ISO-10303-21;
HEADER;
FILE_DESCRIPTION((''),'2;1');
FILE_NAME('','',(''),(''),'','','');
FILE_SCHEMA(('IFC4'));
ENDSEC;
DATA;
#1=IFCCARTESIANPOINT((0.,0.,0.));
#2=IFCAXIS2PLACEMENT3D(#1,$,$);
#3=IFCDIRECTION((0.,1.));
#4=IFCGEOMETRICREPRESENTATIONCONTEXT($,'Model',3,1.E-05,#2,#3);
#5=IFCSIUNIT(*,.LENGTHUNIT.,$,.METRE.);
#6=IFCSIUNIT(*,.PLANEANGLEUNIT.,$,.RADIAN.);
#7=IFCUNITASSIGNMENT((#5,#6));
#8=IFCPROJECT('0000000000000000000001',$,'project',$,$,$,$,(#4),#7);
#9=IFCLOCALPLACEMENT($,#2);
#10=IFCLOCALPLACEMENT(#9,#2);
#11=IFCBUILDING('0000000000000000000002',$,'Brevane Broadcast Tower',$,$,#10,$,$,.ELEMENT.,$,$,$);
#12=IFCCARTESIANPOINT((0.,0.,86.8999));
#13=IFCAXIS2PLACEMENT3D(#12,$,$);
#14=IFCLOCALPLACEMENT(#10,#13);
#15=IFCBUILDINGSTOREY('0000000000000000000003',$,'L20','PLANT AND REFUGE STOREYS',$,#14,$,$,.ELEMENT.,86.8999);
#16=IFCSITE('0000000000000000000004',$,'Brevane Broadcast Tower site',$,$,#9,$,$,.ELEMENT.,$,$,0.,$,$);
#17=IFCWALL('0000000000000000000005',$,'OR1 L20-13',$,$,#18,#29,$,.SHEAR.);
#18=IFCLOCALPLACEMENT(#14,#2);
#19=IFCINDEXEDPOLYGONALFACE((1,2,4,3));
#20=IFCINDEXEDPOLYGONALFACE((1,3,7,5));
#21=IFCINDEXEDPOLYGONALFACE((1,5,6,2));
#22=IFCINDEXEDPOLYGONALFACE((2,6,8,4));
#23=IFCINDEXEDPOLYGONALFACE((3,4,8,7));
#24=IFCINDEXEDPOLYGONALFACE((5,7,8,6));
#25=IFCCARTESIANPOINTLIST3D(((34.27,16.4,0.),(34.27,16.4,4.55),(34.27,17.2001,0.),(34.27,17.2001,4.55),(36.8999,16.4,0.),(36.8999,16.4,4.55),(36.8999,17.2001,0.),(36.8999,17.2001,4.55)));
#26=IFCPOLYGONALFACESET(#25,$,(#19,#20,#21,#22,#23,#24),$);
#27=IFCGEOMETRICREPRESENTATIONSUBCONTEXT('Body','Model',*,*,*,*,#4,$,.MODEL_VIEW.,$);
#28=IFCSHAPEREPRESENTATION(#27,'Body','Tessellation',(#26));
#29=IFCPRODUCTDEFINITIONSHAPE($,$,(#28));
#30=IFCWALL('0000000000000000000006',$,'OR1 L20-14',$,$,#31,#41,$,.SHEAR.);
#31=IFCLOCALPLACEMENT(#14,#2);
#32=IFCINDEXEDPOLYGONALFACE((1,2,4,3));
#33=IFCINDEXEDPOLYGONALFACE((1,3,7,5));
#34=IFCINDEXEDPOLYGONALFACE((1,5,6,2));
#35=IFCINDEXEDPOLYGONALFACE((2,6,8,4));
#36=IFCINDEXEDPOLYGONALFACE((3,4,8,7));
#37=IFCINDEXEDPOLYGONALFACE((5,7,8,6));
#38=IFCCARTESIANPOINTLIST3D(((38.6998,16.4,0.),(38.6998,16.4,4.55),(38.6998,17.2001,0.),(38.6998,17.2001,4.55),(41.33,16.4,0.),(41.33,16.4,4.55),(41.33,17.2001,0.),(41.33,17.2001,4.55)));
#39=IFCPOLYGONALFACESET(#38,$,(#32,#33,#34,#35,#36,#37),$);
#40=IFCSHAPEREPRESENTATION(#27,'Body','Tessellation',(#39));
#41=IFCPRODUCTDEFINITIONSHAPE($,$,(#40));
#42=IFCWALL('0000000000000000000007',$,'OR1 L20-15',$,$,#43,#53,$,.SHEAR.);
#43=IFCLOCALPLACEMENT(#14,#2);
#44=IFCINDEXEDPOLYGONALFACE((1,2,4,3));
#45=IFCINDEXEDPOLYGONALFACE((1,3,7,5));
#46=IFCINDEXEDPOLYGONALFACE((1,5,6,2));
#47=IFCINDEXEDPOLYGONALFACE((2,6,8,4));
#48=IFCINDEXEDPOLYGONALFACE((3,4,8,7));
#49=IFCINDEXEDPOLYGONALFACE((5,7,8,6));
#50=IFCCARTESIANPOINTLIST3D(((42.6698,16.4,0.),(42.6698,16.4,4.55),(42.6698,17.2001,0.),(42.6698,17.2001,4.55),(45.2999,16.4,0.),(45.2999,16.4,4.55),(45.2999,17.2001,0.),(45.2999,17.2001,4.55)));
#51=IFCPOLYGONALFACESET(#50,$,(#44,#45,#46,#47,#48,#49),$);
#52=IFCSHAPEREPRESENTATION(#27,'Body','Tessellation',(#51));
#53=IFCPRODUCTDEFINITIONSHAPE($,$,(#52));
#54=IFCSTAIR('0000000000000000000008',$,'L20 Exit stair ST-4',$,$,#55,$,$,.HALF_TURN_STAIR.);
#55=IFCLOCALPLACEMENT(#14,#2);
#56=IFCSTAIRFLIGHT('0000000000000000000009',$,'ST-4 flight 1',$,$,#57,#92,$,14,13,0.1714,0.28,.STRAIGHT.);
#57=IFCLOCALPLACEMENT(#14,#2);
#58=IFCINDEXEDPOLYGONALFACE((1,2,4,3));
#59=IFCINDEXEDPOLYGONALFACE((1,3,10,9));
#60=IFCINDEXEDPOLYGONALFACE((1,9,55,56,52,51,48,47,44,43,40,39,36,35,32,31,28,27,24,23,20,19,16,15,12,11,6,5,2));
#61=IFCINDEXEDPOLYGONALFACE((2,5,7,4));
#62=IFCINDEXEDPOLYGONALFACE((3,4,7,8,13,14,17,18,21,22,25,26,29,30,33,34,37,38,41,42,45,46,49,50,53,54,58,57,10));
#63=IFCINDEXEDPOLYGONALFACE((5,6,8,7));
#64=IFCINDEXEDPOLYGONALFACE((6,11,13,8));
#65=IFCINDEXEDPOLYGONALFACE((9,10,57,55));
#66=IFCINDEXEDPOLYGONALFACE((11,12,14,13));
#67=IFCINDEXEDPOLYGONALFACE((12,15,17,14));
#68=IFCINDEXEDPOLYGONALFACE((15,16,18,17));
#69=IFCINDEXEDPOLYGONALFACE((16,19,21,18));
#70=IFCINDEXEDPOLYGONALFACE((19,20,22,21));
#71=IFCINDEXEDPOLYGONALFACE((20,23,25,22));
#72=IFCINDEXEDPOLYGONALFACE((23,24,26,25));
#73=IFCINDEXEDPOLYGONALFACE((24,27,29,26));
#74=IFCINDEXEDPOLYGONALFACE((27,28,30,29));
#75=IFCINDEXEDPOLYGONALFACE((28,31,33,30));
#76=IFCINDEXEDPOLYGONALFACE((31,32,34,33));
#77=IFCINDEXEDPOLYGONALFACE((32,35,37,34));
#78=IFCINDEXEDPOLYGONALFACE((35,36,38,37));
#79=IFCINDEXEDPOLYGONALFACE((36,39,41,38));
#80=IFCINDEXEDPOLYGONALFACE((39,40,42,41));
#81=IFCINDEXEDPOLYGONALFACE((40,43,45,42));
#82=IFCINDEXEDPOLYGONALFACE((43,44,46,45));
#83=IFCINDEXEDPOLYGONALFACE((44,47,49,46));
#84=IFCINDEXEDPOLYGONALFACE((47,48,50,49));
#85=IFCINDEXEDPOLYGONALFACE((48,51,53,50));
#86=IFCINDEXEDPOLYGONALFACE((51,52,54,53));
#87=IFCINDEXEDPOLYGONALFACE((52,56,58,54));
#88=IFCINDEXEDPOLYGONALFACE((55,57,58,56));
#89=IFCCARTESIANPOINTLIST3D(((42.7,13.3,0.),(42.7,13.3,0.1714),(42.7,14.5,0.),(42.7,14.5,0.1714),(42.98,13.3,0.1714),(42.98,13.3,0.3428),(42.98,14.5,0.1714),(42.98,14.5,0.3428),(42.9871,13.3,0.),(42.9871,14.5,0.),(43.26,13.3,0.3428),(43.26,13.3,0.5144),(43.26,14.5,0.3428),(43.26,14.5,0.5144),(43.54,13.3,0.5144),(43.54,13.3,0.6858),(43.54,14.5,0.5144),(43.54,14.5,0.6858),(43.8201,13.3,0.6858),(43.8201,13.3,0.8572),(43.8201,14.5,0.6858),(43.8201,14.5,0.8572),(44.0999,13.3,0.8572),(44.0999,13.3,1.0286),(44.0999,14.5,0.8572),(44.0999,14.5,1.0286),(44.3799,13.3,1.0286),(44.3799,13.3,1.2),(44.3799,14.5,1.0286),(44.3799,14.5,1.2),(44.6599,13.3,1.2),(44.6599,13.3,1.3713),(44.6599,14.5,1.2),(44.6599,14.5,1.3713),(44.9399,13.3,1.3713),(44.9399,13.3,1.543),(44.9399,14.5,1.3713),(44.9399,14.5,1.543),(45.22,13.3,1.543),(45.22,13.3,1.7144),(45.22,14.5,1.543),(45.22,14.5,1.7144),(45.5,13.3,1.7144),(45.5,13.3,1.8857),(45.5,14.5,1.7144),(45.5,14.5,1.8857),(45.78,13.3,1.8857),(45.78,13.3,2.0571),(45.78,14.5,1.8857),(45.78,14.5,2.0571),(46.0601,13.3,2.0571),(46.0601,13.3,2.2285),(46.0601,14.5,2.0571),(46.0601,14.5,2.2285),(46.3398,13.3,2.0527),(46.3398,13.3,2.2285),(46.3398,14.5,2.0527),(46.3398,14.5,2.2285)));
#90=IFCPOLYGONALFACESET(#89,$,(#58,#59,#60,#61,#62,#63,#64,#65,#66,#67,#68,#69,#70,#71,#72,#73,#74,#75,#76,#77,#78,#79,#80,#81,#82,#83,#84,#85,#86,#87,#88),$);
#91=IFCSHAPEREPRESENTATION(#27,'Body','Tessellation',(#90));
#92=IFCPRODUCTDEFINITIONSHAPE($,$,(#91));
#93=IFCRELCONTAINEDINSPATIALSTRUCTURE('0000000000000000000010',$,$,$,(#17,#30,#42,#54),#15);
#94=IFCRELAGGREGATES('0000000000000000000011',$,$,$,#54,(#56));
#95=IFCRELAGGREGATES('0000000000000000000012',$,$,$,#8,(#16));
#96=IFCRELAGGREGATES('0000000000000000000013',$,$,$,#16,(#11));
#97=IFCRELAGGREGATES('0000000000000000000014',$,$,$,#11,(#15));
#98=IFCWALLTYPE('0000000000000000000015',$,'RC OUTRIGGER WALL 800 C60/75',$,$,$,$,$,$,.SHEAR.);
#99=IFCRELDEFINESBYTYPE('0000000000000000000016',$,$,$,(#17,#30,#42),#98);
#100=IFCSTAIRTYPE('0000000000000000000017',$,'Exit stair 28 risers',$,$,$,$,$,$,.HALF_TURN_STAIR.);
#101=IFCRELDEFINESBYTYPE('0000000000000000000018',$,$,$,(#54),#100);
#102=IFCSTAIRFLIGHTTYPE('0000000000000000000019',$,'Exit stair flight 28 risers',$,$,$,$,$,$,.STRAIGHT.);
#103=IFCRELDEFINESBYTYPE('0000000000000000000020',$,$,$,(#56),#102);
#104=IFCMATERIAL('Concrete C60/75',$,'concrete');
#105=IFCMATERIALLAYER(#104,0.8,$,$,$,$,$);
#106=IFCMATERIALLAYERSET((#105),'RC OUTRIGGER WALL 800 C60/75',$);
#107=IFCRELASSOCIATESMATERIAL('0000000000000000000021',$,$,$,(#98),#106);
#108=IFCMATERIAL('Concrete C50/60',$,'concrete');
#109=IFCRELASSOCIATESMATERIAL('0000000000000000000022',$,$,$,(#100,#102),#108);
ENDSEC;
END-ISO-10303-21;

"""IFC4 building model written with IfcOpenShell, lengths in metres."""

from ifc_helpers import new_model, si_unit, direction, frame, frame_2d, origin, place, context, subcontext, project, spatial, polyline, rectangle, outline, extrude, material, layer, layer_set, type_object, element, aggregate, save


model = new_model("IFC4")

# Units and contexts
model_context = context("Model", 3, precision=1e-05, world=origin(), true_north=direction((0.0, 1.0)))
body_context = subcontext(model_context, "Body", "Model", "MODEL_VIEW")
ifc_project = project(units=[si_unit("LENGTHUNIT", "METRE"), si_unit("PLANEANGLEUNIT", "RADIAN")], contexts=[model_context])

# Site, building, storey
site_placement = place(None, origin())
site = spatial("IfcSite", under=ifc_project, at=site_placement, Name="Brevane Broadcast Tower site", CompositionType="ELEMENT", RefElevation=0.0)
building_placement = place(site_placement, origin())
building = spatial("IfcBuilding", under=site, at=building_placement, Name="Brevane Broadcast Tower", CompositionType="ELEMENT")
storey_placement = place(building_placement, frame((0.0, 0.0, 86.8999)))
storey = spatial("IfcBuildingStorey", under=building, at=storey_placement, Name="L20", Description="PLANT AND REFUGE STOREYS", CompositionType="ELEMENT", Elevation=86.8999)

# Walls
ifc_material_1 = material(Name="Concrete C60/75", Category="concrete")
ifc_layer_1 = layer(ifc_material_1, 0.8)
ifc_layer_set_1 = layer_set([ifc_layer_1], Name="RC OUTRIGGER WALL 800 C60/75")
wall_type_1 = type_object("IfcWallType", Name="RC OUTRIGGER WALL 800 C60/75", PredefinedType="SHEAR", material=ifc_layer_set_1)
wall_1_placement = place(storey_placement, frame((34.27, 16.8, 0.0), z_axis=(0.0, 0.0, 1.0), x_axis=(1.0, 0.0, 0.0)))
element("IfcWall", 1, at=wall_1_placement, inside=storey, type_object=wall_type_1, Name="OR1 L20-13", PredefinedType="SHEAR", context=body_context, shape_type="SweptSolid", body=[
    extrude(rectangle(XDim=2.6299, YDim=0.8, at=frame_2d((1.3149, 0.0))), origin(), (0.0, 0.0, 1.0), 4.55),
])
for number, where, z_axis, x_axis, name in (
    (2, (38.7, 16.8, 0.0), (0.0, 0.0, 1.0), (1.0, 0.0, 0.0), "OR1 L20-14"),
    (3, (42.6699, 16.8, 0.0), (0.0, 0.0, 1.0), (1.0, 0.0, 0.0), "OR1 L20-15"),
):
    element("IfcWall", number, at=place(storey_placement, frame(where, z_axis=z_axis, x_axis=x_axis)), inside=storey, type_object=wall_type_1, Name=name, PredefinedType="SHEAR", context=body_context, shape_type="SweptSolid", body=[
        extrude(rectangle(XDim=2.6301, YDim=0.8, at=frame_2d((1.3149, 0.0))), origin(), (0.0, 0.0, 1.0), 4.55),
    ])

# Stair, stair flight
ifc_material_2 = material(Name="Concrete C50/60", Category="concrete")
stair_type = type_object("IfcStairType", Name="Exit stair 28 risers", PredefinedType="HALF_TURN_STAIR", material=ifc_material_2)
stair_placement = place(storey_placement, origin())
stair = element("IfcStair", 4, at=stair_placement, inside=storey, type_object=stair_type, Name="L20 Exit stair ST-4", PredefinedType="HALF_TURN_STAIR")
stair_flight_type = type_object("IfcStairFlightType", Name="Exit stair flight 28 risers", PredefinedType="STRAIGHT", material=ifc_material_2)
stair_flight_placement = place(storey_placement, frame((42.7, 13.8999, 0.0), z_axis=(0.0, 0.0, 1.0), x_axis=(1.0, 0.0, 0.0)))
stair_flight = element("IfcStairFlight", 5, at=stair_flight_placement, type_object=stair_flight_type, Name="ST-4 flight 1", NumberOfRisers=14, NumberOfTreads=13, PredefinedType="STRAIGHT", RiserHeight=0.1714, TreadLength=0.28, context=body_context, shape_type="SweptSolid", body=[
    extrude(outline(polyline([(0.0, 0.0), (0.0, 0.1714), (0.28, 0.1714), (0.28, 0.3428), (0.5601, 0.3428), (0.5601, 0.5144), (0.8401, 0.5144), (0.8401, 0.6858), (1.1201, 0.6858), (1.1201, 0.8572), (1.3999, 0.8572), (1.3999, 1.0286), (1.6799, 1.0286), (1.6799, 1.2), (1.96, 1.2), (1.96, 1.3713), (2.24, 1.3713), (2.24, 1.543), (2.52, 1.543), (2.52, 1.7144), (2.8, 1.7144), (2.8, 1.8857), (3.0801, 1.8857), (3.0801, 2.0571), (3.3601, 2.0571), (3.3601, 2.2285), (3.6399, 2.2285), (3.6399, 2.3999), (3.6399, 2.0527), (0.2871, 0.0), (0.0, 0.0)])), frame((0.0, 0.6001, 0.0), z_axis=(0.0, -1.0, 0.0), x_axis=(1.0, 0.0, 0.0)), (0.0, 0.0, 1.0), 1.2),
])
aggregate(stair, [stair_flight])

save(model, "model.ifc")
